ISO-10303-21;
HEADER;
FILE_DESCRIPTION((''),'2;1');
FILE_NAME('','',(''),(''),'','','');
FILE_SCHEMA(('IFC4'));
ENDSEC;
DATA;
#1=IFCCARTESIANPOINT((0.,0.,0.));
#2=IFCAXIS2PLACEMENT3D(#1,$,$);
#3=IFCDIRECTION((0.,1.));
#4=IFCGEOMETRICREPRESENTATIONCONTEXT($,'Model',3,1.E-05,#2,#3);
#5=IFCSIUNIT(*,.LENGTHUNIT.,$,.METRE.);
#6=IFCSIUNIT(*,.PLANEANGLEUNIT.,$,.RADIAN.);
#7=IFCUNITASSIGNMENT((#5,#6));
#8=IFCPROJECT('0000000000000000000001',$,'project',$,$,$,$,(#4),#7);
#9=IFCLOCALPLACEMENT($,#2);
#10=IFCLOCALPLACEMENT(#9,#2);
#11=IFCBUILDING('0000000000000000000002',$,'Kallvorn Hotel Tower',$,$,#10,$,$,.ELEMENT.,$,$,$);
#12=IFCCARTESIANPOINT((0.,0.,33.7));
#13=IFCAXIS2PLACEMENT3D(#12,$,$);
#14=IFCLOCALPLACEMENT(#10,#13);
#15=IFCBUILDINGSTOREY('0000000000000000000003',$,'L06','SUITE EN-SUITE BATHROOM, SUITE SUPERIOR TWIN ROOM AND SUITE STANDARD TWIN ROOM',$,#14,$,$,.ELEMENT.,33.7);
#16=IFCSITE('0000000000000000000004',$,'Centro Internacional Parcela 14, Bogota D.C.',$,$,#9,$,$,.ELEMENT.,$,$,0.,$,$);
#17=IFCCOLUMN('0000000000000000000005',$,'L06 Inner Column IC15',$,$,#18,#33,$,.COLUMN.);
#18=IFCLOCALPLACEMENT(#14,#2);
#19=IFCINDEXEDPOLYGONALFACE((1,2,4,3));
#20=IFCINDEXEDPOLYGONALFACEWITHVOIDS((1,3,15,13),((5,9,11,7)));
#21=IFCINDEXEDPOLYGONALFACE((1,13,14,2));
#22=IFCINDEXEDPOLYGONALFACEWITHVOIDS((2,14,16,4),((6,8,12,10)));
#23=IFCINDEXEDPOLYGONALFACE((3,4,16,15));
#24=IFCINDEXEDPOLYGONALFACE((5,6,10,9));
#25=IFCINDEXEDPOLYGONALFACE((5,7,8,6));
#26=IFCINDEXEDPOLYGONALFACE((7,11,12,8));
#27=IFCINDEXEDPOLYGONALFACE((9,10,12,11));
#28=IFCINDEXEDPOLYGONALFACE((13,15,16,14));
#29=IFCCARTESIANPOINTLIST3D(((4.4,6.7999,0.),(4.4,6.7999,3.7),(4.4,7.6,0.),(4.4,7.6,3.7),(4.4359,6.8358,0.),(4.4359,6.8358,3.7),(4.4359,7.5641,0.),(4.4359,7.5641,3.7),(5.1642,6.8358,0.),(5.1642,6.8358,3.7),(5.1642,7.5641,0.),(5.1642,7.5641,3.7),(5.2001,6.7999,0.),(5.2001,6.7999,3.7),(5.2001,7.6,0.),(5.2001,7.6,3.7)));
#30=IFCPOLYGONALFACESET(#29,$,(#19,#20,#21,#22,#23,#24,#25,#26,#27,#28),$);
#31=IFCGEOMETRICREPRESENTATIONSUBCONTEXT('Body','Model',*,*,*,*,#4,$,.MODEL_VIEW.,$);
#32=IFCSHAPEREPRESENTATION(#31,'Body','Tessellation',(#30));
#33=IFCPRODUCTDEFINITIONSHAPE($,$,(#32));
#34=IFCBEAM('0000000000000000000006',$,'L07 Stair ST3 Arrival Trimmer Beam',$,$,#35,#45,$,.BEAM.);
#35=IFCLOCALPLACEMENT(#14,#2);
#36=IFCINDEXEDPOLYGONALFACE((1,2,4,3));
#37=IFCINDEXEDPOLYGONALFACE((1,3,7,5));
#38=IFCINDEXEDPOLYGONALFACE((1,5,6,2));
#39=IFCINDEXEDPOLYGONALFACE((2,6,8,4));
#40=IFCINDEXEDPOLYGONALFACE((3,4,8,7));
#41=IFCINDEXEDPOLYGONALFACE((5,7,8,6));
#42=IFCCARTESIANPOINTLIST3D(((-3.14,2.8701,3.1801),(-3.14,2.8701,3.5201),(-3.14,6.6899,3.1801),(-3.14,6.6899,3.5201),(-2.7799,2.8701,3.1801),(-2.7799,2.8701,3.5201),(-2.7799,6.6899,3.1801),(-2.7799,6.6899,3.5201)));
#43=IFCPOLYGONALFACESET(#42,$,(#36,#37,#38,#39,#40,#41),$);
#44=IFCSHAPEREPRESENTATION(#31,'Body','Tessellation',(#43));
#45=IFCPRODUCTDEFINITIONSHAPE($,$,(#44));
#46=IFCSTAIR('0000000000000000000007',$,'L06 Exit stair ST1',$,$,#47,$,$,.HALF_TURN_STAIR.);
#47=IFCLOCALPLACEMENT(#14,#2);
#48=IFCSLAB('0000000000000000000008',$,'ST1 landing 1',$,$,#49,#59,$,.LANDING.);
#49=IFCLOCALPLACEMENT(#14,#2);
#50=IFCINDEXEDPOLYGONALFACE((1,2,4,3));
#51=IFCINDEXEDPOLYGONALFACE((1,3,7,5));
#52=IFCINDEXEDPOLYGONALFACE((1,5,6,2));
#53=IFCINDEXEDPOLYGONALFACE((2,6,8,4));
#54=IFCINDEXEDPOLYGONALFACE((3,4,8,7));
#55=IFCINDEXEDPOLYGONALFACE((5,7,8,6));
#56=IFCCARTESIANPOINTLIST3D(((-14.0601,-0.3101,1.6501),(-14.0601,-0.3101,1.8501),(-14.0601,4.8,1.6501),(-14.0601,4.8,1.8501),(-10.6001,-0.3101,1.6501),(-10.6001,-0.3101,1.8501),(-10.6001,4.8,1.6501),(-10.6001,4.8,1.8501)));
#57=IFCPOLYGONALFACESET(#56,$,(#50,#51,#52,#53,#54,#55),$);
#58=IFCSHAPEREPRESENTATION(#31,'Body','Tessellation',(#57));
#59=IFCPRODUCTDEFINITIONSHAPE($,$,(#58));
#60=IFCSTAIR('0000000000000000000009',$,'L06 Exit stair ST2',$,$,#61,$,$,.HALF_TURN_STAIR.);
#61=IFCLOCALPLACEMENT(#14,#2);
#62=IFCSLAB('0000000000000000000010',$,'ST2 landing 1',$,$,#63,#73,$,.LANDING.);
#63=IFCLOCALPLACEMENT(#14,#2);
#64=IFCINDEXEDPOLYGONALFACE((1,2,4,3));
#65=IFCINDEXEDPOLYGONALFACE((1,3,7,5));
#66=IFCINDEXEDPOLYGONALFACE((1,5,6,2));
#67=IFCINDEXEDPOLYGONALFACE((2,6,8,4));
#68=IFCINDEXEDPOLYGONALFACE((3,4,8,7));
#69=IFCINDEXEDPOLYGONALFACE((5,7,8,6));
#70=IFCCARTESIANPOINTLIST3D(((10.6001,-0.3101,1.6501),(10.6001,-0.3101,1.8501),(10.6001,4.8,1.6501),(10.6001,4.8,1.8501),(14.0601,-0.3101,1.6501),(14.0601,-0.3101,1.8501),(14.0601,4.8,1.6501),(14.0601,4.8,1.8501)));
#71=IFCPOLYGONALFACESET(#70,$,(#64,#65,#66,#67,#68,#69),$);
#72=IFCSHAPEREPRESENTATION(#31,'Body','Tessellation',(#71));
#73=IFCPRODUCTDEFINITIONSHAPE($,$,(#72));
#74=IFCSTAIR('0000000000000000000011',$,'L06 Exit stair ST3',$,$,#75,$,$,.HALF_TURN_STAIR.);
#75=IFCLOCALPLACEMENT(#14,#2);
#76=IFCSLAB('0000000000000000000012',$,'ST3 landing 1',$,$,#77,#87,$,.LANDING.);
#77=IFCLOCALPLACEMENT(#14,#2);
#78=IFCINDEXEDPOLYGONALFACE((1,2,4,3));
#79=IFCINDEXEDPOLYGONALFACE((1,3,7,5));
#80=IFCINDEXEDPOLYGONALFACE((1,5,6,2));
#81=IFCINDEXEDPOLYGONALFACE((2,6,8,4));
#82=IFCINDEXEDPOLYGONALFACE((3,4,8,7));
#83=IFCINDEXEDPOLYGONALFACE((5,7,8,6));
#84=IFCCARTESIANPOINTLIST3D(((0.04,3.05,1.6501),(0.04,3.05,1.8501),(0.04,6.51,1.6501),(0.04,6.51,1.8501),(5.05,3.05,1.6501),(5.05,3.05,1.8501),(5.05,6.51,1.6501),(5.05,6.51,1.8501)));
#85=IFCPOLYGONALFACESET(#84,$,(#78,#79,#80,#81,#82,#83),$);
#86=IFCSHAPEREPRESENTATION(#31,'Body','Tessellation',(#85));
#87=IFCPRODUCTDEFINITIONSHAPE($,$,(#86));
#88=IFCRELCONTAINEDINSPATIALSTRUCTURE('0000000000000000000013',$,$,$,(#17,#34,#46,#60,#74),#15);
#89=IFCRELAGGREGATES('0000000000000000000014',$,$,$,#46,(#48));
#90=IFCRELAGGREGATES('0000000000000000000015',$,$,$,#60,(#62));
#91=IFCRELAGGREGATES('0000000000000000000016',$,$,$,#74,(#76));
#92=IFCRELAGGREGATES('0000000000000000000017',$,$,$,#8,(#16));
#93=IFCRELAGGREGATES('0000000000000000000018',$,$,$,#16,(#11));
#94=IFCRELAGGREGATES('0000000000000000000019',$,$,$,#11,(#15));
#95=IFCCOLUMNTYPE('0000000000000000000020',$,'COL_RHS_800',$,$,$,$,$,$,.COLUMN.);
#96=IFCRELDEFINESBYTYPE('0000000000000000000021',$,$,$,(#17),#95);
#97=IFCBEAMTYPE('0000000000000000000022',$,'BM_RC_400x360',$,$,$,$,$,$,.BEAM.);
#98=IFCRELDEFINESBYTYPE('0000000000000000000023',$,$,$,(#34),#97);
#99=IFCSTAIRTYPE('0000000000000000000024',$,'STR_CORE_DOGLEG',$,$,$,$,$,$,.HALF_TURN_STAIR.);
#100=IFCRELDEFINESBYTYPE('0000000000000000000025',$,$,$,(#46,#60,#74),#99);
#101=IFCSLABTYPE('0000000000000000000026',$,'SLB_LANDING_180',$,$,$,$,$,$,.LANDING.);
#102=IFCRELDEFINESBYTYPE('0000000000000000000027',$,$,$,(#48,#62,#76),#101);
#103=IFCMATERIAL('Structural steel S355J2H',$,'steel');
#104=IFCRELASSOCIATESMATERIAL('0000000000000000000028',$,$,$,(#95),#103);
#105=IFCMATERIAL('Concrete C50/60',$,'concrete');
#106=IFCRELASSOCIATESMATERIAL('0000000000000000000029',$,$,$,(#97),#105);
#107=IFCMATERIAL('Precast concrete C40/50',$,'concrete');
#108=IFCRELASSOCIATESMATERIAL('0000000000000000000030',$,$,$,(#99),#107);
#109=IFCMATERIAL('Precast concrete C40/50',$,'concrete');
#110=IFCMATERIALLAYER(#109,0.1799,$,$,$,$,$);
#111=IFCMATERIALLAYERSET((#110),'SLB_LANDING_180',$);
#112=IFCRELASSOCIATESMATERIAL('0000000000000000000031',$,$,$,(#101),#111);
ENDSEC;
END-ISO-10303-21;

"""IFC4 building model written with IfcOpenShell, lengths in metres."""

from ifc_helpers import new_model, si_unit, direction, frame, origin, origin_2d, place, context, subcontext, project, spatial, polyline, rectangle, hollow_rectangle, outline, extrude, material, layer, layer_set, material_profile, profile_set, type_object, element, aggregate, save


model = new_model("IFC4")

# Units and contexts
model_context = context("Model", 3, precision=1e-05, world=origin(), true_north=direction((0.0, 1.0)))
body_context = subcontext(model_context, "Body", "Model", "MODEL_VIEW")
ifc_project = project(units=[si_unit("LENGTHUNIT", "METRE"), si_unit("PLANEANGLEUNIT", "RADIAN")], contexts=[model_context])

# Site, building, storey
site_placement = place(None, origin())
site = spatial("IfcSite", under=ifc_project, at=site_placement, Name="Centro Internacional Parcela 14, Bogota D.C.", CompositionType="ELEMENT", RefElevation=0.0)
building_placement = place(site_placement, origin())
building = spatial("IfcBuilding", under=site, at=building_placement, Name="Kallvorn Hotel Tower", CompositionType="ELEMENT")
storey_placement = place(building_placement, frame((0.0, 0.0, 33.7)))
storey = spatial("IfcBuildingStorey", under=building, at=storey_placement, Name="L06", Description="SUITE EN-SUITE BATHROOM, SUITE SUPERIOR TWIN ROOM AND SUITE STANDARD TWIN ROOM", CompositionType="ELEMENT", Elevation=33.7)

# Column
ifc_material_1 = material(Name="Structural steel S355J2H", Category="steel")
ifc_material_profile_1 = material_profile(ifc_material_1, hollow_rectangle(XDim=0.8, YDim=0.8, WallThickness=0.0359, at=origin_2d()), Name="RHS 800x800x36")
ifc_profile_set_1 = profile_set([ifc_material_profile_1], Name="Structural steel S355J2H")
column_type = type_object("IfcColumnType", Name="COL_RHS_800", PredefinedType="COLUMN", material=ifc_profile_set_1)
column_placement = place(storey_placement, frame((4.8, 7.2, 0.0), z_axis=(0.0, 0.0, 1.0), x_axis=(1.0, 0.0, 0.0)))
element("IfcColumn", 1, at=column_placement, inside=storey, type_object=column_type, Name="L06 Inner Column IC15", PredefinedType="COLUMN", context=body_context, shape_type="SweptSolid", body=[
    extrude(hollow_rectangle(XDim=0.8, YDim=0.8, WallThickness=0.0359, at=origin_2d()), origin(), (0.0, 0.0, 1.0), 3.7),
])

# Beam
ifc_material_2 = material(Name="Concrete C50/60", Category="concrete")
ifc_material_profile_2 = material_profile(ifc_material_2, rectangle(XDim=0.3601, YDim=0.3401, at=origin_2d()), Name="RC 360x340")
ifc_profile_set_2 = profile_set([ifc_material_profile_2], Name="Concrete C50/60")
beam_type = type_object("IfcBeamType", Name="BM_RC_400x360", PredefinedType="BEAM", material=ifc_profile_set_2)
beam_placement = place(storey_placement, frame((-2.96, 2.8701, 3.3501), z_axis=(0.0, 1.0, 0.0), x_axis=(-1.0, 0.0, 0.0)))
element("IfcBeam", 2, at=beam_placement, inside=storey, type_object=beam_type, Name="L07 Stair ST3 Arrival Trimmer Beam", PredefinedType="BEAM", context=body_context, shape_type="SweptSolid", body=[
    extrude(rectangle(XDim=0.3601, YDim=0.3401, at=origin_2d()), origin(), (0.0, 0.0, 1.0), 3.8198),
])

# Stairs, slabs
ifc_material_3 = material(Name="Precast concrete C40/50", Category="concrete")
stair_type = type_object("IfcStairType", Name="STR_CORE_DOGLEG", PredefinedType="HALF_TURN_STAIR", material=ifc_material_3)
stair_1_placement = place(storey_placement, origin())
stair_1 = element("IfcStair", 3, at=stair_1_placement, inside=storey, type_object=stair_type, Name="L06 Exit stair ST1", PredefinedType="HALF_TURN_STAIR")
ifc_material_4 = material(Name="Precast concrete C40/50", Category="concrete")
ifc_layer_1 = layer(ifc_material_4, 0.1799)
ifc_layer_set_1 = layer_set([ifc_layer_1], Name="SLB_LANDING_180")
slab_type_1 = type_object("IfcSlabType", Name="SLB_LANDING_180", PredefinedType="LANDING", material=ifc_layer_set_1)
slab_1_placement = place(storey_placement, frame((0.0, 0.0, 1.6501)))
slab_1 = element("IfcSlab", 4, at=slab_1_placement, type_object=slab_type_1, Name="ST1 landing 1", PredefinedType="LANDING", context=body_context, shape_type="SweptSolid", body=[
    extrude(outline(polyline([(-10.6001, -0.3101), (-10.6001, 4.8), (-14.0601, 4.8), (-14.0601, -0.3101), (-10.6001, -0.3101)])), origin(), (0.0, 0.0, 1.0), 0.2),
])
aggregate(stair_1, [slab_1])
stair_2_placement = place(storey_placement, origin())
stair_2 = element("IfcStair", 5, at=stair_2_placement, inside=storey, type_object=stair_type, Name="L06 Exit stair ST2", PredefinedType="HALF_TURN_STAIR")
slab_2_placement = place(storey_placement, frame((0.0, 0.0, 1.6501)))
slab_2 = element("IfcSlab", 6, at=slab_2_placement, type_object=slab_type_1, Name="ST2 landing 1", PredefinedType="LANDING", context=body_context, shape_type="SweptSolid", body=[
    extrude(outline(polyline([(14.0601, -0.3101), (14.0601, 4.8), (10.6001, 4.8), (10.6001, -0.3101), (14.0601, -0.3101)])), origin(), (0.0, 0.0, 1.0), 0.2),
])
stair_3_placement = place(storey_placement, origin())
stair_3 = element("IfcStair", 7, at=stair_3_placement, inside=storey, type_object=stair_type, Name="L06 Exit stair ST3", PredefinedType="HALF_TURN_STAIR")
slab_3_placement = place(storey_placement, frame((0.0, 0.0, 1.6501)))
slab_3 = element("IfcSlab", 8, at=slab_3_placement, type_object=slab_type_1, Name="ST3 landing 1", PredefinedType="LANDING", context=body_context, shape_type="SweptSolid", body=[
    extrude(outline(polyline([(0.04, 3.05), (5.05, 3.05), (5.05, 6.51), (0.04, 6.51), (0.04, 3.05)])), origin(), (0.0, 0.0, 1.0), 0.2),
])

aggregate(stair_2, [slab_2])
aggregate(stair_3, [slab_3])

save(model, "model.ifc")
